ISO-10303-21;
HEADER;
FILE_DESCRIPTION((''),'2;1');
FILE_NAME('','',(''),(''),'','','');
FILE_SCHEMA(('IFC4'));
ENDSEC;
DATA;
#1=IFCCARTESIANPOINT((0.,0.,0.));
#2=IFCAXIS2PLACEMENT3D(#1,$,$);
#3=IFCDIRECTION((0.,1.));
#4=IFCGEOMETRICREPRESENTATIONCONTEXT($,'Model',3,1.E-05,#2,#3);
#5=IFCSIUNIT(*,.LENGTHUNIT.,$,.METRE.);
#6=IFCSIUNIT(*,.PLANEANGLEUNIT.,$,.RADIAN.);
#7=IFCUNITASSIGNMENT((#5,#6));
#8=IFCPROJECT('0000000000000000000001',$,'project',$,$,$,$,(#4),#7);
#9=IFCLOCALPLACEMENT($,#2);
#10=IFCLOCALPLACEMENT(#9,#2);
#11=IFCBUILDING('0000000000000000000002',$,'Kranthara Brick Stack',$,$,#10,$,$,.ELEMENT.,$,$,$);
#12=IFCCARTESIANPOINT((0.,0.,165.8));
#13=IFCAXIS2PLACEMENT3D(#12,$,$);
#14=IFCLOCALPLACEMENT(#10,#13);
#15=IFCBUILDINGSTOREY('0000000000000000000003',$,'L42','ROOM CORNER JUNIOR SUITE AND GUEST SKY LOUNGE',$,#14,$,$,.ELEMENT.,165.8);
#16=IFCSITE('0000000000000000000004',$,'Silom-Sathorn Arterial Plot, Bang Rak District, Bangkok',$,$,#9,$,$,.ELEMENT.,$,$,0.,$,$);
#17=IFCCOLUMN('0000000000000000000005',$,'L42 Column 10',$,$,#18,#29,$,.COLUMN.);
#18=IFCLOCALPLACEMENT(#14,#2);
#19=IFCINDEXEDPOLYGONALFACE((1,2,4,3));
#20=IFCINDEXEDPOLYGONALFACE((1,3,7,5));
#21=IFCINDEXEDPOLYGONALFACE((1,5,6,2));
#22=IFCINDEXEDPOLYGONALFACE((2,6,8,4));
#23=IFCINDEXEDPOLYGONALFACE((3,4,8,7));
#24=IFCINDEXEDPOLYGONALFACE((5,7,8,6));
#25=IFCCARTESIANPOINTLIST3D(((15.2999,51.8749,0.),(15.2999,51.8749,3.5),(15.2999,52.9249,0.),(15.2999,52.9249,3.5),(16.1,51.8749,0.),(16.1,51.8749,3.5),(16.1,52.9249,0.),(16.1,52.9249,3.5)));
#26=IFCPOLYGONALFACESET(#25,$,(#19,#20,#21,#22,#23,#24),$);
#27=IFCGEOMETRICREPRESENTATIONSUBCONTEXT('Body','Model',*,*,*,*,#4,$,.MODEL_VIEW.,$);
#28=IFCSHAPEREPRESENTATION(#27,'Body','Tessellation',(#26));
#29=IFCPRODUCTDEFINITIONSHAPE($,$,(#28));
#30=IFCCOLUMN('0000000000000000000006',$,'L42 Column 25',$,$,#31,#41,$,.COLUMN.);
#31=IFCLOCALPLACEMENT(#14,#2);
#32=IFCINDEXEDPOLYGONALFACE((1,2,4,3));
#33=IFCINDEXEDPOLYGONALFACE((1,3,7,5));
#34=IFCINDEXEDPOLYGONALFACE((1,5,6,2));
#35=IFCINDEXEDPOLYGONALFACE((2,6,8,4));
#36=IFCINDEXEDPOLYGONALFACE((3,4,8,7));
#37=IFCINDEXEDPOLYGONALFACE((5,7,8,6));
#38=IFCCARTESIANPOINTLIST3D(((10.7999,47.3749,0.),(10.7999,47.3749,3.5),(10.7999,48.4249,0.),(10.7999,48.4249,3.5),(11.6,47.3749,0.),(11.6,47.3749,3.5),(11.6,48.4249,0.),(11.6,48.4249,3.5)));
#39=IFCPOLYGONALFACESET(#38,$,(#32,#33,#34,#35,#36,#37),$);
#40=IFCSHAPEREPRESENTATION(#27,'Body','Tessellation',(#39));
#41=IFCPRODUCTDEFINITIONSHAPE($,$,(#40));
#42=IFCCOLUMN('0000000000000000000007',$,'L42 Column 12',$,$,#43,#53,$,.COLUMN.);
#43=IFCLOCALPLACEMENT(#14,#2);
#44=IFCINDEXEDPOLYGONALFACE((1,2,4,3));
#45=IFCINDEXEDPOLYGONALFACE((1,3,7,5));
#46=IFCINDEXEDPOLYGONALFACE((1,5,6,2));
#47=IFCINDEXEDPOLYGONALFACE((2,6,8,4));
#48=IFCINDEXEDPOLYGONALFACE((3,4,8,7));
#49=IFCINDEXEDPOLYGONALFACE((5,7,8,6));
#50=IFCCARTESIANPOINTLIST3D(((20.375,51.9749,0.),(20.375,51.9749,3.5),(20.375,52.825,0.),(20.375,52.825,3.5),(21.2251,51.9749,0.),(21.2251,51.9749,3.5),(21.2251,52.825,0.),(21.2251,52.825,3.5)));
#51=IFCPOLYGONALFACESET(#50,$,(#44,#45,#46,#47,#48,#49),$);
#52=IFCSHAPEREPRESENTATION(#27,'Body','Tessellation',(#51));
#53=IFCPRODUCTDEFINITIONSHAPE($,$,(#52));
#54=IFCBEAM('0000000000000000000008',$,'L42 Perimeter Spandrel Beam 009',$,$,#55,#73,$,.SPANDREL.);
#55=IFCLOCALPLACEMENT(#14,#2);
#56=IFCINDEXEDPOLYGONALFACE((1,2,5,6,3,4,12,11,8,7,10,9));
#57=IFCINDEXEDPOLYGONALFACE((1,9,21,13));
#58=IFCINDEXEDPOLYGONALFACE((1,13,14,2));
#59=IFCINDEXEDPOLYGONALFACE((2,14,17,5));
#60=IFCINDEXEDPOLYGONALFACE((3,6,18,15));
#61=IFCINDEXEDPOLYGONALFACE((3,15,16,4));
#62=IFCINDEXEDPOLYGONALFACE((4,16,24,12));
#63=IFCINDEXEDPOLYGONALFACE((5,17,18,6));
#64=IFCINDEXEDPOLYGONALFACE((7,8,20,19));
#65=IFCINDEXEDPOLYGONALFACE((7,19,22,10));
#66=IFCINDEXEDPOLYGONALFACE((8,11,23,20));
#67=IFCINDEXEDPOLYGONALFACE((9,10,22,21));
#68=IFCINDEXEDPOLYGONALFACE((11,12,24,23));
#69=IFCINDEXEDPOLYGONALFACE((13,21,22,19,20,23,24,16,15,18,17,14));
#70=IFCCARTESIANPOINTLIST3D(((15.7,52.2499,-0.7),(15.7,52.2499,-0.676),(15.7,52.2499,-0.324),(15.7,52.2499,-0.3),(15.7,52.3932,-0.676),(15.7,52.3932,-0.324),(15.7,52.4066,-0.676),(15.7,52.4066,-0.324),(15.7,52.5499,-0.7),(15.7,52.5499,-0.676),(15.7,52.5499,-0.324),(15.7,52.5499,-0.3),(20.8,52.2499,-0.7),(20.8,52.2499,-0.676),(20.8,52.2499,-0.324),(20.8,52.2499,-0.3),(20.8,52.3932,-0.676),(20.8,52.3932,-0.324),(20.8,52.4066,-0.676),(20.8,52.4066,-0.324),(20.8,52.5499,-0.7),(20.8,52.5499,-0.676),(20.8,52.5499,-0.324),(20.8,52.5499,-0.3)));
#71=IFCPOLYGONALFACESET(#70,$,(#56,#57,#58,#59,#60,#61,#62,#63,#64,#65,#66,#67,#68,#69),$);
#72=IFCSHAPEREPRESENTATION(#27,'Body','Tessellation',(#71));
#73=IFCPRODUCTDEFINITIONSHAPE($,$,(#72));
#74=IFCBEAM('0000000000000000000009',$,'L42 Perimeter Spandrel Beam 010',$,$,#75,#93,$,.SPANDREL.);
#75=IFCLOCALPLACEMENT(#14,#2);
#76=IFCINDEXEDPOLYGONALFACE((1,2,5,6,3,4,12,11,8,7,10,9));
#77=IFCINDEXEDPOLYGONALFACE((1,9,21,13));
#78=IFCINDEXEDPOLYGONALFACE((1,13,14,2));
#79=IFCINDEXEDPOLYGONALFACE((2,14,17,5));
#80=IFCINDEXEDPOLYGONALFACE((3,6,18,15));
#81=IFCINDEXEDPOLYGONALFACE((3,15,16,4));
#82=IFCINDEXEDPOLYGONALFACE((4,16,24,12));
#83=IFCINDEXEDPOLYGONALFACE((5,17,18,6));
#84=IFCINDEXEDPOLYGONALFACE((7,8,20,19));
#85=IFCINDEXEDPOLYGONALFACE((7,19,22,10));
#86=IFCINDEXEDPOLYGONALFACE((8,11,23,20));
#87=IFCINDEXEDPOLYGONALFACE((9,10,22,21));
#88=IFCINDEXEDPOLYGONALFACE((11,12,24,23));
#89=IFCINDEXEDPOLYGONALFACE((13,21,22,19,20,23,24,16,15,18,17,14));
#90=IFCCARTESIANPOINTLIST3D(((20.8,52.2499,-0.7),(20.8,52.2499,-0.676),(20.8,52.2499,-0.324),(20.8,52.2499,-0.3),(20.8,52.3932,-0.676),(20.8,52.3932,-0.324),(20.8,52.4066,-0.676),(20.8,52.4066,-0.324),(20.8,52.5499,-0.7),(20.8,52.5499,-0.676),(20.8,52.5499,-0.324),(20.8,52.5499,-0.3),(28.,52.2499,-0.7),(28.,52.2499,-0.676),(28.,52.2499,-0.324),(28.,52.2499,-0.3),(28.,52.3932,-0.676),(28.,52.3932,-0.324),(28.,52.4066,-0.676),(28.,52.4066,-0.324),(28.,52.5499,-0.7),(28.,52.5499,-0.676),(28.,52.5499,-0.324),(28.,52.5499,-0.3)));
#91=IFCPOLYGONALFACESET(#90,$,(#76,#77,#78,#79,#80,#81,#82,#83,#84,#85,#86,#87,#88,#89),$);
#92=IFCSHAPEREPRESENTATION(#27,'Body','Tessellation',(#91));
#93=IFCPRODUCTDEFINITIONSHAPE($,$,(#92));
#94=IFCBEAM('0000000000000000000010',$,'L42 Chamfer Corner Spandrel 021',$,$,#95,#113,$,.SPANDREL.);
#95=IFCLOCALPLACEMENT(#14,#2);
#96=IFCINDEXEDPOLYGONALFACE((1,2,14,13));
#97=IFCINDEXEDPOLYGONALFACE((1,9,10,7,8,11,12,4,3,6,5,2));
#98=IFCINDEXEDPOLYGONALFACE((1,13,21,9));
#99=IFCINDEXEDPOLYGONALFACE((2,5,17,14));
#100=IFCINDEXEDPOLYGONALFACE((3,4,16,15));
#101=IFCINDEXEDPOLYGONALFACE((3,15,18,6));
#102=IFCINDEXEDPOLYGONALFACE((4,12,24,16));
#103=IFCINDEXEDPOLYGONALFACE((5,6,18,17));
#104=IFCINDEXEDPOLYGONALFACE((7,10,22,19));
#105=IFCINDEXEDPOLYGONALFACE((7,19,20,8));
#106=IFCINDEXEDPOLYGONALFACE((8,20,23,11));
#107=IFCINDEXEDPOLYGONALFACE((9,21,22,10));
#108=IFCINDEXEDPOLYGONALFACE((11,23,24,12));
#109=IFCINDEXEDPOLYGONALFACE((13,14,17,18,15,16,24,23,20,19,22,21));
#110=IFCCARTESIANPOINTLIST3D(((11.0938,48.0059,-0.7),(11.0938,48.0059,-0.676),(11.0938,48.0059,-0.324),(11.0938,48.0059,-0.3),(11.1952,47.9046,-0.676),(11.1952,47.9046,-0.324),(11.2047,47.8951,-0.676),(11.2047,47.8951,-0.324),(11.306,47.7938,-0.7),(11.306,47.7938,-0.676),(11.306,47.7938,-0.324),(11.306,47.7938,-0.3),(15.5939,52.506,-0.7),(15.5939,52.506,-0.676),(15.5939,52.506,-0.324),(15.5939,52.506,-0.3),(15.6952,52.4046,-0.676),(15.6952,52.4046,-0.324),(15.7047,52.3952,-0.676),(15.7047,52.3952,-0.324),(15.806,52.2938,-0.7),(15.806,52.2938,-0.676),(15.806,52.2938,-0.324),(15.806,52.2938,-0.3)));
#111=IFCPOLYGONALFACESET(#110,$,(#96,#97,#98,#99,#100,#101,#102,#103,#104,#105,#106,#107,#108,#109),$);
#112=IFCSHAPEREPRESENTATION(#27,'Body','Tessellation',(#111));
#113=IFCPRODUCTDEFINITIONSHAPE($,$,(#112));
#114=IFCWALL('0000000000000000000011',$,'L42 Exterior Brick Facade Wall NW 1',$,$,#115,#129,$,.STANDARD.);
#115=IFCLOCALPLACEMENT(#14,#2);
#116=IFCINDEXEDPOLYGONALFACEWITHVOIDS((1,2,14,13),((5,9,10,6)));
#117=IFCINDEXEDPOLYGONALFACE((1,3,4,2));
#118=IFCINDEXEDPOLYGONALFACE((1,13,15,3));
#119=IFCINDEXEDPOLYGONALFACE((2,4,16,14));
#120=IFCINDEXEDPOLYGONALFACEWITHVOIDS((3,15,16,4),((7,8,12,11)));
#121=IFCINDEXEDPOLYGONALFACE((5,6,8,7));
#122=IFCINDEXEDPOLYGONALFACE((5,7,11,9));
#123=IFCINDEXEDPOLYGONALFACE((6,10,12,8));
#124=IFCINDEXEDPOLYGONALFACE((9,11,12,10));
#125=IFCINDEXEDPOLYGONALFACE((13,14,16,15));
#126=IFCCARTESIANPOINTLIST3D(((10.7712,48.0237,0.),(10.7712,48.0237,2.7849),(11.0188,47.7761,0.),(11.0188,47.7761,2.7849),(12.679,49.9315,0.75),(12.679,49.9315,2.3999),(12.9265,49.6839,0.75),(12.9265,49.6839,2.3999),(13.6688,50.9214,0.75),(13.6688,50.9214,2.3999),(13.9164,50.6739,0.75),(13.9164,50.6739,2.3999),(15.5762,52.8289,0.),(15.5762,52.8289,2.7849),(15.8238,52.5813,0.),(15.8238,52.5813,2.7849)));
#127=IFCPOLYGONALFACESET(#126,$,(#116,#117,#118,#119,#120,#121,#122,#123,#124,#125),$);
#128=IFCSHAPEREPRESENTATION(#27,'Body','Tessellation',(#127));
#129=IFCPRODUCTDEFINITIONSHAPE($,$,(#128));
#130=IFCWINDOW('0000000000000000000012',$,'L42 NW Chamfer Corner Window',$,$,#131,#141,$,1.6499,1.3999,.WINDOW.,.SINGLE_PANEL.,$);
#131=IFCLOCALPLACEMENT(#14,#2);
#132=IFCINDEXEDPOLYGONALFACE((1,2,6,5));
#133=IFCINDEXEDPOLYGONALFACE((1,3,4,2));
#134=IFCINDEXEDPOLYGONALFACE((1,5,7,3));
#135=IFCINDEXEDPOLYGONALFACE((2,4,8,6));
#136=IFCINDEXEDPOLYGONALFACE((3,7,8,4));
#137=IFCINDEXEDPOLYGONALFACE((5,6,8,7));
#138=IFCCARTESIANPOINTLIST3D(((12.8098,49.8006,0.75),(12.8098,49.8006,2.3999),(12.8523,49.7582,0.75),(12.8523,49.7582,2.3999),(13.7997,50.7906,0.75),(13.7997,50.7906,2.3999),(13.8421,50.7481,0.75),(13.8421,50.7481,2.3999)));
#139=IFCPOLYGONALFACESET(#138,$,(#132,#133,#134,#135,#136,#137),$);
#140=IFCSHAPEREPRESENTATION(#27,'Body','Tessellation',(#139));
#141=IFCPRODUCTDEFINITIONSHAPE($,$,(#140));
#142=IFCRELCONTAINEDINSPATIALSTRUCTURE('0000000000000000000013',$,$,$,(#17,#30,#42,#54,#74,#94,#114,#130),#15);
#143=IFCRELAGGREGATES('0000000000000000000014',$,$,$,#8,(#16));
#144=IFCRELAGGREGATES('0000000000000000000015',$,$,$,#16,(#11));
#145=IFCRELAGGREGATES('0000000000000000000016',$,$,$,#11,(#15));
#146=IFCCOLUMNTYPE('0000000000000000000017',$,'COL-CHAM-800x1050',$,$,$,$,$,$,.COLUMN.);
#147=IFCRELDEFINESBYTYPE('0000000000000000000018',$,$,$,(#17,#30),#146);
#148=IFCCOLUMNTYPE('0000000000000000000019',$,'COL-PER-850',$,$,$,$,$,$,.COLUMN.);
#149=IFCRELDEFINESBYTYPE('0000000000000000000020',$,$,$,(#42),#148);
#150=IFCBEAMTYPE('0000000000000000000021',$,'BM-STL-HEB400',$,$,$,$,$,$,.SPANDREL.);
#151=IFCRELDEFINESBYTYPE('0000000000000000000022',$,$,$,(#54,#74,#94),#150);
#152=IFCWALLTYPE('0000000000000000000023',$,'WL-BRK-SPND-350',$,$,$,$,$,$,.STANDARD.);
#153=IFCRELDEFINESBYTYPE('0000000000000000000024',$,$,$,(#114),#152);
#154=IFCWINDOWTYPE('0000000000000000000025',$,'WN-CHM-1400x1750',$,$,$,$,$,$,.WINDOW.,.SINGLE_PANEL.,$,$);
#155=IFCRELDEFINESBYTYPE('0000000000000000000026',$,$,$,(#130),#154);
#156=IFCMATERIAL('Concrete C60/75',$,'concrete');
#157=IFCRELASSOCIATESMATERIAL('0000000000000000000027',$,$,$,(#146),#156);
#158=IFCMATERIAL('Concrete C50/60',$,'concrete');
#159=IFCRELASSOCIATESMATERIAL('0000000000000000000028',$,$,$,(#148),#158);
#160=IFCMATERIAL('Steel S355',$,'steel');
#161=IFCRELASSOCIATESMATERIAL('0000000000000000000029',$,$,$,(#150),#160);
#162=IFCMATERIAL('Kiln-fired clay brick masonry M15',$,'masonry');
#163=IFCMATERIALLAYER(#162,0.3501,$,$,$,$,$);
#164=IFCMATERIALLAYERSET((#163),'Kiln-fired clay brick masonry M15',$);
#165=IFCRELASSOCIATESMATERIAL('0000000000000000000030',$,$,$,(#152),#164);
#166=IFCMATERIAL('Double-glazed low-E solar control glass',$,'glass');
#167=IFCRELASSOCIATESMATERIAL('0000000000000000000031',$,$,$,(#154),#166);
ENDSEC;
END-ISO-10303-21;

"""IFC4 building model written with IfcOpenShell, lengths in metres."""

from ifc_helpers import new_model, si_unit, direction, frame, frame_2d, origin, origin_2d, place, context, subcontext, project, spatial, rectangle, i_section, extrude, material, layer, layer_set, material_profile, profile_set, type_object, element, fill, save


model = new_model("IFC4")

# Units and contexts
model_context = context("Model", 3, precision=1e-05, world=origin(), true_north=direction((0.0, 1.0)))
body_context = subcontext(model_context, "Body", "Model", "MODEL_VIEW")
ifc_project = project(units=[si_unit("LENGTHUNIT", "METRE"), si_unit("PLANEANGLEUNIT", "RADIAN")], contexts=[model_context])

# Site, building, storey
site_placement = place(None, origin())
site = spatial("IfcSite", under=ifc_project, at=site_placement, Name="Silom-Sathorn Arterial Plot, Bang Rak District, Bangkok", CompositionType="ELEMENT", RefElevation=0.0)
building_placement = place(site_placement, origin())
building = spatial("IfcBuilding", under=site, at=building_placement, Name="Kranthara Brick Stack", CompositionType="ELEMENT")
storey_placement = place(building_placement, frame((0.0, 0.0, 165.8)))
storey = spatial("IfcBuildingStorey", under=building, at=storey_placement, Name="L42", Description="ROOM CORNER JUNIOR SUITE AND GUEST SKY LOUNGE", CompositionType="ELEMENT", Elevation=165.8)

# Columns
ifc_material_1 = material(Name="Concrete C60/75", Category="concrete")
ifc_material_profile_1 = material_profile(ifc_material_1, rectangle(XDim=0.8, YDim=1.05, at=origin_2d()), Name="RC 800x1050")
ifc_profile_set_1 = profile_set([ifc_material_profile_1], Name="Concrete C60/75")
column_type_1 = type_object("IfcColumnType", Name="COL-CHAM-800x1050", PredefinedType="COLUMN", material=ifc_profile_set_1)
for number, where, z_axis, x_axis, name in (
    (1, (15.7, 52.3999, 0.0), (0.0, 0.0, 1.0), (1.0, 0.0, 0.0), "L42 Column 10"),
    (2, (11.2, 47.8999, 0.0), (0.0, 0.0, 1.0), (1.0, 0.0, 0.0), "L42 Column 25"),
):
    element("IfcColumn", number, at=place(storey_placement, frame(where, z_axis=z_axis, x_axis=x_axis)), inside=storey, type_object=column_type_1, Name=name, PredefinedType="COLUMN", context=body_context, shape_type="SweptSolid", body=[
        extrude(rectangle(XDim=0.8, YDim=1.05, at=origin_2d()), origin(), (0.0, 0.0, 1.0), 3.5),
    ])
ifc_material_2 = material(Name="Concrete C50/60", Category="concrete")
ifc_material_profile_2 = material_profile(ifc_material_2, rectangle(XDim=0.8501, YDim=0.8501, at=origin_2d()), Name="RC 850x850")
ifc_profile_set_2 = profile_set([ifc_material_profile_2], Name="Concrete C50/60")
column_type_2 = type_object("IfcColumnType", Name="COL-PER-850", PredefinedType="COLUMN", material=ifc_profile_set_2)
column_placement = place(storey_placement, frame((20.8, 52.3999, 0.0), z_axis=(0.0, 0.0, 1.0), x_axis=(1.0, 0.0, 0.0)))
element("IfcColumn", 3, at=column_placement, inside=storey, type_object=column_type_2, Name="L42 Column 12", PredefinedType="COLUMN", context=body_context, shape_type="SweptSolid", body=[
    extrude(rectangle(XDim=0.8501, YDim=0.8501, at=origin_2d()), origin(), (0.0, 0.0, 1.0), 3.5),
])

# Beams
ifc_material_3 = material(Name="Steel S355", Category="steel")
ifc_material_profile_3 = material_profile(ifc_material_3, i_section(OverallWidth=0.3, OverallDepth=0.3999, WebThickness=0.0134, FlangeThickness=0.0239, at=origin_2d()), Name="HEB 400")
ifc_profile_set_3 = profile_set([ifc_material_profile_3], Name="Steel S355")
beam_type = type_object("IfcBeamType", Name="BM-STL-HEB400", PredefinedType="SPANDREL", material=ifc_profile_set_3)
beam_1_placement = place(storey_placement, frame((15.7, 52.3999, -0.5), z_axis=(1.0, 0.0, 0.0), x_axis=(0.0, 1.0, 0.0)))
element("IfcBeam", 4, at=beam_1_placement, inside=storey, type_object=beam_type, Name="L42 Perimeter Spandrel Beam 009", PredefinedType="SPANDREL", context=body_context, shape_type="SweptSolid", body=[
    extrude(i_section(OverallWidth=0.3, OverallDepth=0.3999, WebThickness=0.0134, FlangeThickness=0.0239, at=origin_2d()), origin(), (0.0, 0.0, 1.0), 5.1001),
])
beam_2_placement = place(storey_placement, frame((20.8, 52.3999, -0.5), z_axis=(1.0, 0.0, 0.0), x_axis=(0.0, 1.0, 0.0)))
element("IfcBeam", 5, at=beam_2_placement, inside=storey, type_object=beam_type, Name="L42 Perimeter Spandrel Beam 010", PredefinedType="SPANDREL", context=body_context, shape_type="SweptSolid", body=[
    extrude(i_section(OverallWidth=0.3, OverallDepth=0.3999, WebThickness=0.0134, FlangeThickness=0.0239, at=origin_2d()), origin(), (0.0, 0.0, 1.0), 7.2),
])
beam_3_placement = place(storey_placement, frame((15.7, 52.3999, -0.5), z_axis=(-0.707107, -0.707107, 0.0), x_axis=(0.707107, -0.707107, 0.0)))
element("IfcBeam", 6, at=beam_3_placement, inside=storey, type_object=beam_type, Name="L42 Chamfer Corner Spandrel 021", PredefinedType="SPANDREL", context=body_context, shape_type="SweptSolid", body=[
    extrude(i_section(OverallWidth=0.3, OverallDepth=0.3999, WebThickness=0.0134, FlangeThickness=0.0239, at=origin_2d()), origin(), (0.0, 0.0, 1.0), 6.364),
])

# Wall, opening, window
ifc_material_4 = material(Name="Kiln-fired clay brick masonry M15", Category="masonry")
ifc_layer_1 = layer(ifc_material_4, 0.3501)
ifc_layer_set_1 = layer_set([ifc_layer_1], Name="Kiln-fired clay brick masonry M15")
wall_type_1 = type_object("IfcWallType", Name="WL-BRK-SPND-350", PredefinedType="STANDARD", material=ifc_layer_set_1)
wall_1_placement = place(storey_placement, frame((10.895, 47.8999, 0.0), z_axis=(0.0, 0.0, 1.0), x_axis=(0.707089, 0.707125, 0.0)))
wall_1 = element("IfcWall", 7, at=wall_1_placement, inside=storey, type_object=wall_type_1, Name="L42 Exterior Brick Facade Wall NW 1", PredefinedType="STANDARD", context=body_context, shape_type="SweptSolid", body=[
    extrude(rectangle(XDim=6.7954, YDim=0.3501, at=frame_2d((3.3977, 0.0))), origin(), (0.0, 0.0, 1.0), 2.7849),
])
opening_1_placement = place(wall_1_placement, frame((2.698, 0.0, 0.75)))
opening_1 = element("IfcOpeningElement", 8, at=opening_1_placement, cuts=wall_1, PredefinedType="OPENING", context=body_context, shape_type="SweptSolid", body=[
    extrude(rectangle(XDim=1.3999, YDim=1.6499, at=frame_2d((0.7, 0.825))), frame((0.0, 0.1851, 0.0), z_axis=(0.0, -1.0, 0.0), x_axis=(1.0, 0.0, 0.0)), (0.0, 0.0, 1.0), 0.3701),
])
ifc_material_5 = material(Name="Double-glazed low-E solar control glass", Category="glass")
window_type_1 = type_object("IfcWindowType", Name="WN-CHM-1400x1750", PartitioningType="SINGLE_PANEL", PredefinedType="WINDOW", material=ifc_material_5)
window_1_placement = place(opening_1_placement, origin())
window_1 = element("IfcWindow", 9, at=window_1_placement, inside=storey, type_object=window_type_1, Name="L42 NW Chamfer Corner Window", OverallHeight=1.6499, OverallWidth=1.3999, PartitioningType="SINGLE_PANEL", PredefinedType="WINDOW", context=body_context, shape_type="SweptSolid", body=[
    extrude(rectangle(XDim=1.3999, YDim=1.6499, at=frame_2d((0.7, 0.825))), frame((0.0, -0.01, 0.0), z_axis=(0.0, -1.0, 0.0), x_axis=(1.0, 0.0, 0.0)), (0.0, 0.0, 1.0), 0.0601),
])
fill(opening_1, window_1)

save(model, "model.ifc")
